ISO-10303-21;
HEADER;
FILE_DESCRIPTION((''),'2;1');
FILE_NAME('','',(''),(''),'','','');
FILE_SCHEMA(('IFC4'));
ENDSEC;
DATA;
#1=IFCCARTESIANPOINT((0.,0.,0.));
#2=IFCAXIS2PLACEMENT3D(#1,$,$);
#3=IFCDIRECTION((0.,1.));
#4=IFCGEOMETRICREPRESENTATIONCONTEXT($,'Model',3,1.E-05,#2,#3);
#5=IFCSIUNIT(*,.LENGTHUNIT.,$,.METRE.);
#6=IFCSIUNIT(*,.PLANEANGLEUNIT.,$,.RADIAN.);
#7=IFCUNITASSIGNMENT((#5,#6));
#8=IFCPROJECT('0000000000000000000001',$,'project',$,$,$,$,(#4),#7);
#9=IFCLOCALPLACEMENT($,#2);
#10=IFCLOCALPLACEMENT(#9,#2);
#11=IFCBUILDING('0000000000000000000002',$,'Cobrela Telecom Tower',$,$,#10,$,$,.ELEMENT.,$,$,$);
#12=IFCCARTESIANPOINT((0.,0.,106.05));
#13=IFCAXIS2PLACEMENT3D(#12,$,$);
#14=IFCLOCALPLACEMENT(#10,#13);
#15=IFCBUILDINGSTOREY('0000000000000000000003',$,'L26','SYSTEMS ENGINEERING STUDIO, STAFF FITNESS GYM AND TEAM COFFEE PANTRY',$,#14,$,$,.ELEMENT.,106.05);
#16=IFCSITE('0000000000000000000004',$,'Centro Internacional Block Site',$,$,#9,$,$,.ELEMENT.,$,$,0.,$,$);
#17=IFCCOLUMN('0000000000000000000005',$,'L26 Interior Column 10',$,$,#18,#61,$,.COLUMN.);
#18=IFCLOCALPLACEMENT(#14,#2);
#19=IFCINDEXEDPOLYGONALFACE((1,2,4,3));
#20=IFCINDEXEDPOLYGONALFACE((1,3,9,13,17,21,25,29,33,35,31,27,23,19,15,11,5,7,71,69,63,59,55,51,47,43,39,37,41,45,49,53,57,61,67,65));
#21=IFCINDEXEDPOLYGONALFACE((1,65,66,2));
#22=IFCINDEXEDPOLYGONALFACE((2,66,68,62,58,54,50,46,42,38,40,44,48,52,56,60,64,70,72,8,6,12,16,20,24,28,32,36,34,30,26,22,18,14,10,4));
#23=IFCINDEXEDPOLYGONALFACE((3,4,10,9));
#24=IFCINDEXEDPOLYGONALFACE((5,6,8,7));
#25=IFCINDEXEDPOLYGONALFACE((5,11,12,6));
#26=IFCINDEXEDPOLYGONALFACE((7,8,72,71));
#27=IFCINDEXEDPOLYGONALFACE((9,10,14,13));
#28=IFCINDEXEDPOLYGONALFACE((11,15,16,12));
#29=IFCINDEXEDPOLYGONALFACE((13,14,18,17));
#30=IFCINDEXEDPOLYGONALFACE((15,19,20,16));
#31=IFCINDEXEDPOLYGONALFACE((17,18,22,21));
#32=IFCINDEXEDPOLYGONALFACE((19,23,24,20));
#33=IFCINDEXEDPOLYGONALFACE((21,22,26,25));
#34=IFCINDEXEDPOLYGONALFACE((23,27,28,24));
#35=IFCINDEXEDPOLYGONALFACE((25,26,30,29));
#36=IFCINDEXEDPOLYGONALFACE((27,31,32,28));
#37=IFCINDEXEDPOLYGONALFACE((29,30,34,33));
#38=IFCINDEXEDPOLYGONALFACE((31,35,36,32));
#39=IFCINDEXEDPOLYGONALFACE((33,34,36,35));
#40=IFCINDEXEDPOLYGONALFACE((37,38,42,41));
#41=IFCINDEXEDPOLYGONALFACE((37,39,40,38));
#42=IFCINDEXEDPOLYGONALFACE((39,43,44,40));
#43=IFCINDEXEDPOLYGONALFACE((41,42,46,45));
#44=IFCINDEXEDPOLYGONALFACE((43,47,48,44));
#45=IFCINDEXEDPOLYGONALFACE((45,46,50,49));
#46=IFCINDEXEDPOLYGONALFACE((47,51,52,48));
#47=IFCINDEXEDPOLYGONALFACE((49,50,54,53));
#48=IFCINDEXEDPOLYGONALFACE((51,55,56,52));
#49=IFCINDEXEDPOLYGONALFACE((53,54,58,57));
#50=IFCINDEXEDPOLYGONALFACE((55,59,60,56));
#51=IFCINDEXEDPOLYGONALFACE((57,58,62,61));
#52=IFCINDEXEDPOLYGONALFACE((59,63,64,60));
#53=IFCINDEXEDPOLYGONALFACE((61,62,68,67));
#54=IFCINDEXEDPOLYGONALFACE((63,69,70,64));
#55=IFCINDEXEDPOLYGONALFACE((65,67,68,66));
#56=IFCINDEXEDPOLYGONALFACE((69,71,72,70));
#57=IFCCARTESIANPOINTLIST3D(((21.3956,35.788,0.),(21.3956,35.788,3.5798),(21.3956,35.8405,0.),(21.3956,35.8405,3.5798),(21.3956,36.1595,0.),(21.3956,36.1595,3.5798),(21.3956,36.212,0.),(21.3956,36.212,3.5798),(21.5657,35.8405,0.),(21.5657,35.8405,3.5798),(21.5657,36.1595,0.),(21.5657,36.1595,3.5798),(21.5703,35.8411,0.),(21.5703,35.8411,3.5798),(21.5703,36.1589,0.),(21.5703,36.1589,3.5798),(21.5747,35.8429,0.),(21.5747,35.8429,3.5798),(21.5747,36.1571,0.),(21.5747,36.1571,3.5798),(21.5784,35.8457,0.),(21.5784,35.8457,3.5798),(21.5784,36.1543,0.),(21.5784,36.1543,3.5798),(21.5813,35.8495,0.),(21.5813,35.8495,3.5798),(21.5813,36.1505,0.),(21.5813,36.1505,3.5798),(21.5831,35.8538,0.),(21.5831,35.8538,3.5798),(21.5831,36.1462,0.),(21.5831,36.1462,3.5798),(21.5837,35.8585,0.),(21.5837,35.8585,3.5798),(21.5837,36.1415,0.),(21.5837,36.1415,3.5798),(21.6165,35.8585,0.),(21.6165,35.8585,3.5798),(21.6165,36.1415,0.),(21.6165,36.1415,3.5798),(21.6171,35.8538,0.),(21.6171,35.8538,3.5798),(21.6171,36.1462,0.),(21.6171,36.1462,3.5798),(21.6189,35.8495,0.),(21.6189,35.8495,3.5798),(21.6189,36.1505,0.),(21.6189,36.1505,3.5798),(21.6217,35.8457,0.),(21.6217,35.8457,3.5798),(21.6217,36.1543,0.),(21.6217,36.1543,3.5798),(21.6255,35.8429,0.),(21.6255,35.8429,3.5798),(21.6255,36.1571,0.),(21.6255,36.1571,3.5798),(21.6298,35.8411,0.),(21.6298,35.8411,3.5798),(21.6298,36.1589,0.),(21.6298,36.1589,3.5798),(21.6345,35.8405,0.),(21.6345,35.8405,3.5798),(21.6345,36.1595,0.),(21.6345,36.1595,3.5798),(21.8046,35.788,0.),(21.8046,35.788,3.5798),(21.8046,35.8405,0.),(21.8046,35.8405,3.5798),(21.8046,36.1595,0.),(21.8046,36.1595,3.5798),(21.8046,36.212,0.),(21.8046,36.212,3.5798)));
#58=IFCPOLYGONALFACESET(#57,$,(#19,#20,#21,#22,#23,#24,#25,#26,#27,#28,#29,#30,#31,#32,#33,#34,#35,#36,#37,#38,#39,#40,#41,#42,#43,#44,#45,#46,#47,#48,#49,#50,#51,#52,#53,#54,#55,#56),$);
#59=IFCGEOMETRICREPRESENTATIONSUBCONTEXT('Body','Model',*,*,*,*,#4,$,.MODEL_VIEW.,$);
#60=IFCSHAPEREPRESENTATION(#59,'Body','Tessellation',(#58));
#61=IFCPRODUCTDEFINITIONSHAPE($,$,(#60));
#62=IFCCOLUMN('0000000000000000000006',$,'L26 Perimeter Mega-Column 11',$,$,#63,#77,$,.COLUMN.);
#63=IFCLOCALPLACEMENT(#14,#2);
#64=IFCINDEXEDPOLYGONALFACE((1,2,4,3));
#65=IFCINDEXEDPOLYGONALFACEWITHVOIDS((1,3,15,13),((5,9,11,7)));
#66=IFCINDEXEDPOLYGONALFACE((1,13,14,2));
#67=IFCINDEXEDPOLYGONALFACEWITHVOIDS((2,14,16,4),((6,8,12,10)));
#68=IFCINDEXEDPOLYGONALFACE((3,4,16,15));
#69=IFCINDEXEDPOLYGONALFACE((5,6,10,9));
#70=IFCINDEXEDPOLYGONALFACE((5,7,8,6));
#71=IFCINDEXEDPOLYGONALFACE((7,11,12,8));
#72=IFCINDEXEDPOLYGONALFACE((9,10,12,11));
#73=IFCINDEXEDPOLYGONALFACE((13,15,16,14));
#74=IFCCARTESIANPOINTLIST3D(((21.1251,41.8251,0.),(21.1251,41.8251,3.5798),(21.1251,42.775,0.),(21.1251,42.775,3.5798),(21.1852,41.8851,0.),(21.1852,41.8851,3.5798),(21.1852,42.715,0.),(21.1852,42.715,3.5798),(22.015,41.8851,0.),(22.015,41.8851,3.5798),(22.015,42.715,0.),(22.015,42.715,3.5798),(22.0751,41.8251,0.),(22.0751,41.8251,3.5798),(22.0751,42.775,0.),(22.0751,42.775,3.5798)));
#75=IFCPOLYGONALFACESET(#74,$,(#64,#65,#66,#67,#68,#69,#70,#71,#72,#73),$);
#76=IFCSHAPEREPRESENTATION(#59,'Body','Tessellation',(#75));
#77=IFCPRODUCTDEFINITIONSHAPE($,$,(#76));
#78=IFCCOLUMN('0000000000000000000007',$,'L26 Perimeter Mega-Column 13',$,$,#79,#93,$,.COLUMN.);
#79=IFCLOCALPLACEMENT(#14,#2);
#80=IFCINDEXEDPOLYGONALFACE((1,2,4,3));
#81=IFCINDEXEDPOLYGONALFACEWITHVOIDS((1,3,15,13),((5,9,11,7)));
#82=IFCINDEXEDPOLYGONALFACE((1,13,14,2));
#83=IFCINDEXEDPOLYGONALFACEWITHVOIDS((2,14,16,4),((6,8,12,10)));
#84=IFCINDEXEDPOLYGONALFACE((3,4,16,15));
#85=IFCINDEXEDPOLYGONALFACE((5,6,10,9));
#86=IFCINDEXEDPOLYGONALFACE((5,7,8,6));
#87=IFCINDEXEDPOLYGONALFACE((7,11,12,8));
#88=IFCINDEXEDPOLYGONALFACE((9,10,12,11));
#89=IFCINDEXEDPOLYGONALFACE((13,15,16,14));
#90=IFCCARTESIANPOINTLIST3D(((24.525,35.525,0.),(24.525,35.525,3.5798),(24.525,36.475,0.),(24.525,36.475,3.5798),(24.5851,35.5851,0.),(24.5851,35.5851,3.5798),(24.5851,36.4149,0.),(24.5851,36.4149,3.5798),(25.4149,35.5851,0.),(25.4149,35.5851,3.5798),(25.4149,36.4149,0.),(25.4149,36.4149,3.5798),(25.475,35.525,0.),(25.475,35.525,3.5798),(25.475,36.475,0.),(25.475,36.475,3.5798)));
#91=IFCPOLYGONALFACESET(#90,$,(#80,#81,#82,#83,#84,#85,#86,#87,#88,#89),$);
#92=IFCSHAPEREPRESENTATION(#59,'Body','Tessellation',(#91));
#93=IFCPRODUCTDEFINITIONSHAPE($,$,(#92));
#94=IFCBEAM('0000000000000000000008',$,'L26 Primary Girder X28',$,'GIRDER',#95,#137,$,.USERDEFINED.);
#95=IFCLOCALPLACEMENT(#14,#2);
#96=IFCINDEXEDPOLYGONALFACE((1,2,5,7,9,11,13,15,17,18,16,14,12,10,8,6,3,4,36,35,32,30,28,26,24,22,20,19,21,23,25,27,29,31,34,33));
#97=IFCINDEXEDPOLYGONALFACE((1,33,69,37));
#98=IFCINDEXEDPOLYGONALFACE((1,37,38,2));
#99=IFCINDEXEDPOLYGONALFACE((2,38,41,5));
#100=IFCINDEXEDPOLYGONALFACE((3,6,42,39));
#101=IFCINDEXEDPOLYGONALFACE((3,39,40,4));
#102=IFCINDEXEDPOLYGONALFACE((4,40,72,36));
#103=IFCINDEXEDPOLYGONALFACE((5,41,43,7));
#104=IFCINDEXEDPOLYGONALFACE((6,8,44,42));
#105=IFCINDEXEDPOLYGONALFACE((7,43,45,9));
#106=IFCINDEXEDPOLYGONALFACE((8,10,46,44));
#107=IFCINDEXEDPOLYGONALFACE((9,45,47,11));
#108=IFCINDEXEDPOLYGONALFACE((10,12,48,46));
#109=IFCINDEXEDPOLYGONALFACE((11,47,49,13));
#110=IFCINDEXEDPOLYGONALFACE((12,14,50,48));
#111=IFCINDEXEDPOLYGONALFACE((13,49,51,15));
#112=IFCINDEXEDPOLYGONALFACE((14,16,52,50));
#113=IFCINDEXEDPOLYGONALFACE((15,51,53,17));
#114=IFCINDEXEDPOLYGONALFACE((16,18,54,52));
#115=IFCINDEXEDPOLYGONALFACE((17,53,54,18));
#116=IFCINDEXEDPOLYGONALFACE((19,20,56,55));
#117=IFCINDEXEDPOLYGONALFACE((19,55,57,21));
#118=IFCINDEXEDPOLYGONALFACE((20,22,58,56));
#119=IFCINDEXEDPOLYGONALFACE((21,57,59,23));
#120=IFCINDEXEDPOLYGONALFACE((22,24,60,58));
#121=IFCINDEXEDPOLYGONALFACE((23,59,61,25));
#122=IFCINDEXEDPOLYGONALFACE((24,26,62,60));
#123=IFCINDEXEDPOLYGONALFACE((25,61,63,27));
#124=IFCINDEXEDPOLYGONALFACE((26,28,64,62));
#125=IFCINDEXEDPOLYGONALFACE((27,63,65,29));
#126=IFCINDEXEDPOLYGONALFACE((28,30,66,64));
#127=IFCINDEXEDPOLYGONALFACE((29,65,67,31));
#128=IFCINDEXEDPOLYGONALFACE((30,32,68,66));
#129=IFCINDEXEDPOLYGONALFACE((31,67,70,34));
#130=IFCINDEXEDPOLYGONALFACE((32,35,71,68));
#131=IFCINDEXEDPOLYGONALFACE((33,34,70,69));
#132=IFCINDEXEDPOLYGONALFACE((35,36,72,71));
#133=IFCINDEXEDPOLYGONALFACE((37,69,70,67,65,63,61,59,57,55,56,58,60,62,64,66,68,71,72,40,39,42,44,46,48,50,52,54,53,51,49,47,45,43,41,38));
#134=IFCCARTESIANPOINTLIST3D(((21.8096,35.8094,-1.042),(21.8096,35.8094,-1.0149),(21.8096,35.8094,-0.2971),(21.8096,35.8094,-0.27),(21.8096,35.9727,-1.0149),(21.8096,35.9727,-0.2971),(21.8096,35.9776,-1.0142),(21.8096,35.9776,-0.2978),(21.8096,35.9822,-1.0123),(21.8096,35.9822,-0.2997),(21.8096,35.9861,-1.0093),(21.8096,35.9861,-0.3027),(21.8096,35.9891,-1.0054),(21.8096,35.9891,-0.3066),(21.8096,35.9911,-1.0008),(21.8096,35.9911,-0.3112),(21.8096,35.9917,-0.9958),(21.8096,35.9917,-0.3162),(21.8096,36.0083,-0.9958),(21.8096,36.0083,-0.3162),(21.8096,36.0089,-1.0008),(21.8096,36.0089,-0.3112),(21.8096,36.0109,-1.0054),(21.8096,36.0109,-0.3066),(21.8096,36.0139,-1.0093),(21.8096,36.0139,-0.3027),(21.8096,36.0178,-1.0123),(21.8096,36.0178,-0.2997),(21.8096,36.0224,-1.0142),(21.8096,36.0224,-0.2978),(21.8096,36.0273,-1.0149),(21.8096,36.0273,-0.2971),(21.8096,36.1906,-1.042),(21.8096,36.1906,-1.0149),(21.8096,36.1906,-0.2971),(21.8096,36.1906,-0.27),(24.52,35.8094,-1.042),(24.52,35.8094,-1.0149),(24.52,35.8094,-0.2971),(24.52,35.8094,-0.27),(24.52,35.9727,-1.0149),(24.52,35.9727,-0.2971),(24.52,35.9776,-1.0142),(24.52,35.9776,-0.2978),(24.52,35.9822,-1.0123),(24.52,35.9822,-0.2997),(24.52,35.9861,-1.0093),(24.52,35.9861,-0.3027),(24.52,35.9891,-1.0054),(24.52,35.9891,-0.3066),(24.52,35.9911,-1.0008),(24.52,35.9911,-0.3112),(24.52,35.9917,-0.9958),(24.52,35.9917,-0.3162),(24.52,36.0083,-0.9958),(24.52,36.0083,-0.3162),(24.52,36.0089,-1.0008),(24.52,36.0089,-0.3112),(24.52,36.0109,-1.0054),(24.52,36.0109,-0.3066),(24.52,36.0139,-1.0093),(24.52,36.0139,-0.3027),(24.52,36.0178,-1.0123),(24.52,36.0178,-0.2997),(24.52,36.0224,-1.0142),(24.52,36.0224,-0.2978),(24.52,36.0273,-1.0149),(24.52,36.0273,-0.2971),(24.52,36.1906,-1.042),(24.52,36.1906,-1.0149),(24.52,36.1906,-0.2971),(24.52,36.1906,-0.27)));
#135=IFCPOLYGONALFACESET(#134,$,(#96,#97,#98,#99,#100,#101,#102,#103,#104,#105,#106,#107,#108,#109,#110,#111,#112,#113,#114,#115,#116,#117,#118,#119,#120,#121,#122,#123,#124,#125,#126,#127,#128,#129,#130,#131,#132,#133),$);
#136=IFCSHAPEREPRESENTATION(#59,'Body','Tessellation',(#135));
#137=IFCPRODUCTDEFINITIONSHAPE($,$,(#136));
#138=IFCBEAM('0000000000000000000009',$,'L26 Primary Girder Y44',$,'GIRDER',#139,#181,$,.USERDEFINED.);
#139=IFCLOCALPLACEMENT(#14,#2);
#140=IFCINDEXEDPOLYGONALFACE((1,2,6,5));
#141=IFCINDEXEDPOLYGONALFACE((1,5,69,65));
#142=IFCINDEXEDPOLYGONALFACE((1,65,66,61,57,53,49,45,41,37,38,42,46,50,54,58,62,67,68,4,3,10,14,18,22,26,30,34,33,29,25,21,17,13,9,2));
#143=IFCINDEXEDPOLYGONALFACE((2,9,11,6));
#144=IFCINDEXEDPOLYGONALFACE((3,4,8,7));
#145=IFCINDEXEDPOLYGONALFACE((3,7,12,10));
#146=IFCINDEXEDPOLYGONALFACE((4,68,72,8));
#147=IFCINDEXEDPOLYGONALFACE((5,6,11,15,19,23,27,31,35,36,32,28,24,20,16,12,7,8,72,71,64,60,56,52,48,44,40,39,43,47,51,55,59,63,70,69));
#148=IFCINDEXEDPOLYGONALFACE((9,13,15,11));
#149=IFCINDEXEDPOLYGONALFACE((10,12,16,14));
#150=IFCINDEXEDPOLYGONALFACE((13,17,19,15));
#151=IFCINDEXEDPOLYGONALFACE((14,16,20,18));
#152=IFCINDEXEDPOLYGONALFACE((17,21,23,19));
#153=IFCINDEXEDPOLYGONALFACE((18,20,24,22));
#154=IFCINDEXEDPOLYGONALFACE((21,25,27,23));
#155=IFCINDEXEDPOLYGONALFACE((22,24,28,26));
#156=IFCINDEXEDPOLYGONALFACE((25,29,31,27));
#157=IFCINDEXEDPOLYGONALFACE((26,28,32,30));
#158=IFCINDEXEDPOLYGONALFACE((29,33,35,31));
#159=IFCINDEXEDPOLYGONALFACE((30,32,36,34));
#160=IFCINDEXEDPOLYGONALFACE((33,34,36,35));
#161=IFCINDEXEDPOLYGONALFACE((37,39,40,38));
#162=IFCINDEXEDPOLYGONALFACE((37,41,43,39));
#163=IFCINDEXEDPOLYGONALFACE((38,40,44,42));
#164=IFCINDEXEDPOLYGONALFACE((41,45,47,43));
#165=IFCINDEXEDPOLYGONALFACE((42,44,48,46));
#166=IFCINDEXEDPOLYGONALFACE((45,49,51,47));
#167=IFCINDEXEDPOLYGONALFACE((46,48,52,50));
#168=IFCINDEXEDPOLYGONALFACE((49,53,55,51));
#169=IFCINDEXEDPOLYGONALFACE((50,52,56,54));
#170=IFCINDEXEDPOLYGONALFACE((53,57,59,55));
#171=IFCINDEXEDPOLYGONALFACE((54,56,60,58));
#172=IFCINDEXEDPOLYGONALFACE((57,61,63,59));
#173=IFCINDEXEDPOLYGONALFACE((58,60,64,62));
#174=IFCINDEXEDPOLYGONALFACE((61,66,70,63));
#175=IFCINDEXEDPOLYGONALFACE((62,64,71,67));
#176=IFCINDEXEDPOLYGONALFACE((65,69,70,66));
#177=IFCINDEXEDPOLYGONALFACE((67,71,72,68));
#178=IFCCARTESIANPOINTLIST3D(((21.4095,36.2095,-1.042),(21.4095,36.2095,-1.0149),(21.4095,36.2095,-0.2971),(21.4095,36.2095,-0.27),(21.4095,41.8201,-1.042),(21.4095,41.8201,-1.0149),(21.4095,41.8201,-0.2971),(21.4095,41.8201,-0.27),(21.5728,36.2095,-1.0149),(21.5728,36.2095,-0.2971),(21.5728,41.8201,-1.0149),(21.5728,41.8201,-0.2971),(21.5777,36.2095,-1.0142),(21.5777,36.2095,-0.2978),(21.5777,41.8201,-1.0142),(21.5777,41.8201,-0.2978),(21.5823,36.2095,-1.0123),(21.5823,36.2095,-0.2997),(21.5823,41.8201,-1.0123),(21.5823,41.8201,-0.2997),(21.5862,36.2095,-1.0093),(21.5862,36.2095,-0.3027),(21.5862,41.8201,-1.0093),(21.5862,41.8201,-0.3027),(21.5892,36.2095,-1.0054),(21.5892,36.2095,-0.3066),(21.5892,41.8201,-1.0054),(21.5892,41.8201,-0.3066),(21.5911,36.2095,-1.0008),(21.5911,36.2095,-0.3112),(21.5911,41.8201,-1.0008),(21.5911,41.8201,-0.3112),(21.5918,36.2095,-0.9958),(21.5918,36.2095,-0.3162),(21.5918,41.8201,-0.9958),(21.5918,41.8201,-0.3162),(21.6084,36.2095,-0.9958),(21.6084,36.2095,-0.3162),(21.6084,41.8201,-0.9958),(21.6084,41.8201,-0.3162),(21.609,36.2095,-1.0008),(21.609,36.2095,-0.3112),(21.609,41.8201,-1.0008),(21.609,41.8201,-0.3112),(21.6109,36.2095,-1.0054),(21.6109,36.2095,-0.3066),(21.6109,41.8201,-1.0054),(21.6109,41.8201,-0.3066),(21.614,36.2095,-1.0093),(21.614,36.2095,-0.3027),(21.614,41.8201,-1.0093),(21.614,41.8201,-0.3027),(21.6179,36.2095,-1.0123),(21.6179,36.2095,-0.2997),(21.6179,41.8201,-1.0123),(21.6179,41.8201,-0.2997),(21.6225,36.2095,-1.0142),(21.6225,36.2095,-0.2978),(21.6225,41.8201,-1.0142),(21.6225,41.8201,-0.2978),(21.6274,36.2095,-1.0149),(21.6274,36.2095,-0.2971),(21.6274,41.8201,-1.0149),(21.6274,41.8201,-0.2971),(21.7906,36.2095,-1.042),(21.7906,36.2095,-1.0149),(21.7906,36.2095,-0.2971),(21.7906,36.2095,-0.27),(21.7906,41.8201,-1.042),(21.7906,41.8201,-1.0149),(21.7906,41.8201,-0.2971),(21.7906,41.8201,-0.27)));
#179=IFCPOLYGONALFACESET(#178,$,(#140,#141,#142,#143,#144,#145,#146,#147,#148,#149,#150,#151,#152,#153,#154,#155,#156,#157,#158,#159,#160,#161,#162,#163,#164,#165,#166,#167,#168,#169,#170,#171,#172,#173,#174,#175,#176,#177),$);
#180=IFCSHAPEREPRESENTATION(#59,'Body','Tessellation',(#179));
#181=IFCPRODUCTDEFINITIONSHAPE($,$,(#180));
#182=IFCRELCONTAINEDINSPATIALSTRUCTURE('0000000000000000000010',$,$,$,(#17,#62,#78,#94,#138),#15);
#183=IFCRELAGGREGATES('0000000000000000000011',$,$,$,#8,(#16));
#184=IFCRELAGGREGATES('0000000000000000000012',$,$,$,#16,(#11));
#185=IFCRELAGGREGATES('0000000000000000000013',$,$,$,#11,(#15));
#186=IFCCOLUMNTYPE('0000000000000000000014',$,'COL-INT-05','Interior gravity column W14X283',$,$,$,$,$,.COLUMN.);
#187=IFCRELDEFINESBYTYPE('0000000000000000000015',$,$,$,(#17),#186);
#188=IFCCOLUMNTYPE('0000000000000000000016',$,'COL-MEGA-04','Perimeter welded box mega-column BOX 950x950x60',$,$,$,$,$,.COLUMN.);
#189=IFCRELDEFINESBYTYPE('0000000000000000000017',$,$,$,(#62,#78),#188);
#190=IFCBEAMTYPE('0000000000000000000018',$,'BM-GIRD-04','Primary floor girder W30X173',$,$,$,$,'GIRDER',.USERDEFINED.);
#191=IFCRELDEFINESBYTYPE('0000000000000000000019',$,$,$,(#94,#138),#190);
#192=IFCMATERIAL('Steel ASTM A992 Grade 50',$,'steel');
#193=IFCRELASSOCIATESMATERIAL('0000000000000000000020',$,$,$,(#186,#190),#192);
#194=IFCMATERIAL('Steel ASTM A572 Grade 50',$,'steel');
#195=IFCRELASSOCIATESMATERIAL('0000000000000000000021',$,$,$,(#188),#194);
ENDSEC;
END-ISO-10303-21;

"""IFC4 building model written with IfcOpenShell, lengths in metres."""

from ifc_helpers import new_model, si_unit, direction, frame, origin, origin_2d, place, context, subcontext, project, spatial, hollow_rectangle, i_section, extrude, material, material_profile, profile_set, type_object, element, save


model = new_model("IFC4")

# Units and contexts
model_context = context("Model", 3, precision=1e-05, world=origin(), true_north=direction((0.0, 1.0)))
body_context = subcontext(model_context, "Body", "Model", "MODEL_VIEW")
ifc_project = project(units=[si_unit("LENGTHUNIT", "METRE"), si_unit("PLANEANGLEUNIT", "RADIAN")], contexts=[model_context])

# Site, building, storey
site_placement = place(None, origin())
site = spatial("IfcSite", under=ifc_project, at=site_placement, Name="Centro Internacional Block Site", CompositionType="ELEMENT", RefElevation=0.0)
building_placement = place(site_placement, origin())
building = spatial("IfcBuilding", under=site, at=building_placement, Name="Cobrela Telecom Tower", CompositionType="ELEMENT")
storey_placement = place(building_placement, frame((0.0, 0.0, 106.05)))
storey = spatial("IfcBuildingStorey", under=building, at=storey_placement, Name="L26", Description="SYSTEMS ENGINEERING STUDIO, STAFF FITNESS GYM AND TEAM COFFEE PANTRY", CompositionType="ELEMENT", Elevation=106.05)

# Columns
ifc_material_1 = material(Name="Steel ASTM A992 Grade 50", Category="steel")
ifc_material_profile_1 = material_profile(ifc_material_1, i_section(OverallWidth=0.4089, OverallDepth=0.4241, WebThickness=0.0327, FlangeThickness=0.0525, FilletRadius=0.0181, at=origin_2d()), Name="W14X283")
ifc_profile_set_1 = profile_set([ifc_material_profile_1], Name="Steel ASTM A992 Grade 50")
column_type_1 = type_object("IfcColumnType", Name="COL-INT-05", Description="Interior gravity column W14X283", PredefinedType="COLUMN", material=ifc_profile_set_1)
column_placement = place(storey_placement, frame((21.6001, 36.0, 0.0), z_axis=(0.0, 0.0, 1.0), x_axis=(1.0, 0.0, 0.0)))
element("IfcColumn", 1, at=column_placement, inside=storey, type_object=column_type_1, Name="L26 Interior Column 10", PredefinedType="COLUMN", context=body_context, shape_type="SweptSolid", body=[
    extrude(i_section(OverallWidth=0.4089, OverallDepth=0.4241, WebThickness=0.0327, FlangeThickness=0.0525, FilletRadius=0.0181, at=origin_2d()), origin(), (0.0, 0.0, 1.0), 3.5798),
])
ifc_material_2 = material(Name="Steel ASTM A572 Grade 50", Category="steel")
ifc_material_profile_2 = material_profile(ifc_material_2, hollow_rectangle(XDim=0.95, YDim=0.95, WallThickness=0.0601, at=origin_2d()), Name="BOX 950x950x60")
ifc_profile_set_2 = profile_set([ifc_material_profile_2], Name="Steel ASTM A572 Grade 50")
column_type_2 = type_object("IfcColumnType", Name="COL-MEGA-04", Description="Perimeter welded box mega-column BOX 950x950x60", PredefinedType="COLUMN", material=ifc_profile_set_2)
for number, where, z_axis, x_axis, name in (
    (2, (21.6001, 42.3, 0.0), (0.0, 0.0, 1.0), (1.0, 0.0, 0.0), "L26 Perimeter Mega-Column 11"),
    (3, (25.0, 36.0, 0.0), (0.0, 0.0, 1.0), (1.0, 0.0, 0.0), "L26 Perimeter Mega-Column 13"),
):
    element("IfcColumn", number, at=place(storey_placement, frame(where, z_axis=z_axis, x_axis=x_axis)), inside=storey, type_object=column_type_2, Name=name, PredefinedType="COLUMN", context=body_context, shape_type="SweptSolid", body=[
        extrude(hollow_rectangle(XDim=0.95, YDim=0.95, WallThickness=0.0601, at=origin_2d()), origin(), (0.0, 0.0, 1.0), 3.5798),
    ])

# Beams
ifc_material_profile_3 = material_profile(ifc_material_1, i_section(OverallWidth=0.3811, OverallDepth=0.772, WebThickness=0.0166, FlangeThickness=0.0271, FilletRadius=0.019, at=origin_2d()), Name="W30X173")
ifc_profile_set_3 = profile_set([ifc_material_profile_3], Name="Steel ASTM A992 Grade 50")
beam_type_1 = type_object("IfcBeamType", Name="BM-GIRD-04", Description="Primary floor girder W30X173", ElementType="GIRDER", PredefinedType="USERDEFINED", material=ifc_profile_set_3)
beam_1_placement = place(storey_placement, frame((21.8096, 36.0, -0.656), z_axis=(1.0, 0.0, 0.0), x_axis=(0.0, 1.0, 0.0)))
element("IfcBeam", 4, at=beam_1_placement, inside=storey, type_object=beam_type_1, Name="L26 Primary Girder X28", ObjectType="GIRDER", PredefinedType="USERDEFINED", context=body_context, shape_type="SweptSolid", body=[
    extrude(i_section(OverallWidth=0.3811, OverallDepth=0.772, WebThickness=0.0166, FlangeThickness=0.0271, FilletRadius=0.019, at=origin_2d()), origin(), (0.0, 0.0, 1.0), 2.7104),
])
beam_2_placement = place(storey_placement, frame((21.6001, 36.2095, -0.656), z_axis=(0.0, 1.0, 0.0), x_axis=(-1.0, 0.0, 0.0)))
element("IfcBeam", 5, at=beam_2_placement, inside=storey, type_object=beam_type_1, Name="L26 Primary Girder Y44", ObjectType="GIRDER", PredefinedType="USERDEFINED", context=body_context, shape_type="SweptSolid", body=[
    extrude(i_section(OverallWidth=0.3811, OverallDepth=0.772, WebThickness=0.0166, FlangeThickness=0.0271, FilletRadius=0.019, at=origin_2d()), origin(), (0.0, 0.0, 1.0), 5.6106),
])

save(model, "model.ifc")
